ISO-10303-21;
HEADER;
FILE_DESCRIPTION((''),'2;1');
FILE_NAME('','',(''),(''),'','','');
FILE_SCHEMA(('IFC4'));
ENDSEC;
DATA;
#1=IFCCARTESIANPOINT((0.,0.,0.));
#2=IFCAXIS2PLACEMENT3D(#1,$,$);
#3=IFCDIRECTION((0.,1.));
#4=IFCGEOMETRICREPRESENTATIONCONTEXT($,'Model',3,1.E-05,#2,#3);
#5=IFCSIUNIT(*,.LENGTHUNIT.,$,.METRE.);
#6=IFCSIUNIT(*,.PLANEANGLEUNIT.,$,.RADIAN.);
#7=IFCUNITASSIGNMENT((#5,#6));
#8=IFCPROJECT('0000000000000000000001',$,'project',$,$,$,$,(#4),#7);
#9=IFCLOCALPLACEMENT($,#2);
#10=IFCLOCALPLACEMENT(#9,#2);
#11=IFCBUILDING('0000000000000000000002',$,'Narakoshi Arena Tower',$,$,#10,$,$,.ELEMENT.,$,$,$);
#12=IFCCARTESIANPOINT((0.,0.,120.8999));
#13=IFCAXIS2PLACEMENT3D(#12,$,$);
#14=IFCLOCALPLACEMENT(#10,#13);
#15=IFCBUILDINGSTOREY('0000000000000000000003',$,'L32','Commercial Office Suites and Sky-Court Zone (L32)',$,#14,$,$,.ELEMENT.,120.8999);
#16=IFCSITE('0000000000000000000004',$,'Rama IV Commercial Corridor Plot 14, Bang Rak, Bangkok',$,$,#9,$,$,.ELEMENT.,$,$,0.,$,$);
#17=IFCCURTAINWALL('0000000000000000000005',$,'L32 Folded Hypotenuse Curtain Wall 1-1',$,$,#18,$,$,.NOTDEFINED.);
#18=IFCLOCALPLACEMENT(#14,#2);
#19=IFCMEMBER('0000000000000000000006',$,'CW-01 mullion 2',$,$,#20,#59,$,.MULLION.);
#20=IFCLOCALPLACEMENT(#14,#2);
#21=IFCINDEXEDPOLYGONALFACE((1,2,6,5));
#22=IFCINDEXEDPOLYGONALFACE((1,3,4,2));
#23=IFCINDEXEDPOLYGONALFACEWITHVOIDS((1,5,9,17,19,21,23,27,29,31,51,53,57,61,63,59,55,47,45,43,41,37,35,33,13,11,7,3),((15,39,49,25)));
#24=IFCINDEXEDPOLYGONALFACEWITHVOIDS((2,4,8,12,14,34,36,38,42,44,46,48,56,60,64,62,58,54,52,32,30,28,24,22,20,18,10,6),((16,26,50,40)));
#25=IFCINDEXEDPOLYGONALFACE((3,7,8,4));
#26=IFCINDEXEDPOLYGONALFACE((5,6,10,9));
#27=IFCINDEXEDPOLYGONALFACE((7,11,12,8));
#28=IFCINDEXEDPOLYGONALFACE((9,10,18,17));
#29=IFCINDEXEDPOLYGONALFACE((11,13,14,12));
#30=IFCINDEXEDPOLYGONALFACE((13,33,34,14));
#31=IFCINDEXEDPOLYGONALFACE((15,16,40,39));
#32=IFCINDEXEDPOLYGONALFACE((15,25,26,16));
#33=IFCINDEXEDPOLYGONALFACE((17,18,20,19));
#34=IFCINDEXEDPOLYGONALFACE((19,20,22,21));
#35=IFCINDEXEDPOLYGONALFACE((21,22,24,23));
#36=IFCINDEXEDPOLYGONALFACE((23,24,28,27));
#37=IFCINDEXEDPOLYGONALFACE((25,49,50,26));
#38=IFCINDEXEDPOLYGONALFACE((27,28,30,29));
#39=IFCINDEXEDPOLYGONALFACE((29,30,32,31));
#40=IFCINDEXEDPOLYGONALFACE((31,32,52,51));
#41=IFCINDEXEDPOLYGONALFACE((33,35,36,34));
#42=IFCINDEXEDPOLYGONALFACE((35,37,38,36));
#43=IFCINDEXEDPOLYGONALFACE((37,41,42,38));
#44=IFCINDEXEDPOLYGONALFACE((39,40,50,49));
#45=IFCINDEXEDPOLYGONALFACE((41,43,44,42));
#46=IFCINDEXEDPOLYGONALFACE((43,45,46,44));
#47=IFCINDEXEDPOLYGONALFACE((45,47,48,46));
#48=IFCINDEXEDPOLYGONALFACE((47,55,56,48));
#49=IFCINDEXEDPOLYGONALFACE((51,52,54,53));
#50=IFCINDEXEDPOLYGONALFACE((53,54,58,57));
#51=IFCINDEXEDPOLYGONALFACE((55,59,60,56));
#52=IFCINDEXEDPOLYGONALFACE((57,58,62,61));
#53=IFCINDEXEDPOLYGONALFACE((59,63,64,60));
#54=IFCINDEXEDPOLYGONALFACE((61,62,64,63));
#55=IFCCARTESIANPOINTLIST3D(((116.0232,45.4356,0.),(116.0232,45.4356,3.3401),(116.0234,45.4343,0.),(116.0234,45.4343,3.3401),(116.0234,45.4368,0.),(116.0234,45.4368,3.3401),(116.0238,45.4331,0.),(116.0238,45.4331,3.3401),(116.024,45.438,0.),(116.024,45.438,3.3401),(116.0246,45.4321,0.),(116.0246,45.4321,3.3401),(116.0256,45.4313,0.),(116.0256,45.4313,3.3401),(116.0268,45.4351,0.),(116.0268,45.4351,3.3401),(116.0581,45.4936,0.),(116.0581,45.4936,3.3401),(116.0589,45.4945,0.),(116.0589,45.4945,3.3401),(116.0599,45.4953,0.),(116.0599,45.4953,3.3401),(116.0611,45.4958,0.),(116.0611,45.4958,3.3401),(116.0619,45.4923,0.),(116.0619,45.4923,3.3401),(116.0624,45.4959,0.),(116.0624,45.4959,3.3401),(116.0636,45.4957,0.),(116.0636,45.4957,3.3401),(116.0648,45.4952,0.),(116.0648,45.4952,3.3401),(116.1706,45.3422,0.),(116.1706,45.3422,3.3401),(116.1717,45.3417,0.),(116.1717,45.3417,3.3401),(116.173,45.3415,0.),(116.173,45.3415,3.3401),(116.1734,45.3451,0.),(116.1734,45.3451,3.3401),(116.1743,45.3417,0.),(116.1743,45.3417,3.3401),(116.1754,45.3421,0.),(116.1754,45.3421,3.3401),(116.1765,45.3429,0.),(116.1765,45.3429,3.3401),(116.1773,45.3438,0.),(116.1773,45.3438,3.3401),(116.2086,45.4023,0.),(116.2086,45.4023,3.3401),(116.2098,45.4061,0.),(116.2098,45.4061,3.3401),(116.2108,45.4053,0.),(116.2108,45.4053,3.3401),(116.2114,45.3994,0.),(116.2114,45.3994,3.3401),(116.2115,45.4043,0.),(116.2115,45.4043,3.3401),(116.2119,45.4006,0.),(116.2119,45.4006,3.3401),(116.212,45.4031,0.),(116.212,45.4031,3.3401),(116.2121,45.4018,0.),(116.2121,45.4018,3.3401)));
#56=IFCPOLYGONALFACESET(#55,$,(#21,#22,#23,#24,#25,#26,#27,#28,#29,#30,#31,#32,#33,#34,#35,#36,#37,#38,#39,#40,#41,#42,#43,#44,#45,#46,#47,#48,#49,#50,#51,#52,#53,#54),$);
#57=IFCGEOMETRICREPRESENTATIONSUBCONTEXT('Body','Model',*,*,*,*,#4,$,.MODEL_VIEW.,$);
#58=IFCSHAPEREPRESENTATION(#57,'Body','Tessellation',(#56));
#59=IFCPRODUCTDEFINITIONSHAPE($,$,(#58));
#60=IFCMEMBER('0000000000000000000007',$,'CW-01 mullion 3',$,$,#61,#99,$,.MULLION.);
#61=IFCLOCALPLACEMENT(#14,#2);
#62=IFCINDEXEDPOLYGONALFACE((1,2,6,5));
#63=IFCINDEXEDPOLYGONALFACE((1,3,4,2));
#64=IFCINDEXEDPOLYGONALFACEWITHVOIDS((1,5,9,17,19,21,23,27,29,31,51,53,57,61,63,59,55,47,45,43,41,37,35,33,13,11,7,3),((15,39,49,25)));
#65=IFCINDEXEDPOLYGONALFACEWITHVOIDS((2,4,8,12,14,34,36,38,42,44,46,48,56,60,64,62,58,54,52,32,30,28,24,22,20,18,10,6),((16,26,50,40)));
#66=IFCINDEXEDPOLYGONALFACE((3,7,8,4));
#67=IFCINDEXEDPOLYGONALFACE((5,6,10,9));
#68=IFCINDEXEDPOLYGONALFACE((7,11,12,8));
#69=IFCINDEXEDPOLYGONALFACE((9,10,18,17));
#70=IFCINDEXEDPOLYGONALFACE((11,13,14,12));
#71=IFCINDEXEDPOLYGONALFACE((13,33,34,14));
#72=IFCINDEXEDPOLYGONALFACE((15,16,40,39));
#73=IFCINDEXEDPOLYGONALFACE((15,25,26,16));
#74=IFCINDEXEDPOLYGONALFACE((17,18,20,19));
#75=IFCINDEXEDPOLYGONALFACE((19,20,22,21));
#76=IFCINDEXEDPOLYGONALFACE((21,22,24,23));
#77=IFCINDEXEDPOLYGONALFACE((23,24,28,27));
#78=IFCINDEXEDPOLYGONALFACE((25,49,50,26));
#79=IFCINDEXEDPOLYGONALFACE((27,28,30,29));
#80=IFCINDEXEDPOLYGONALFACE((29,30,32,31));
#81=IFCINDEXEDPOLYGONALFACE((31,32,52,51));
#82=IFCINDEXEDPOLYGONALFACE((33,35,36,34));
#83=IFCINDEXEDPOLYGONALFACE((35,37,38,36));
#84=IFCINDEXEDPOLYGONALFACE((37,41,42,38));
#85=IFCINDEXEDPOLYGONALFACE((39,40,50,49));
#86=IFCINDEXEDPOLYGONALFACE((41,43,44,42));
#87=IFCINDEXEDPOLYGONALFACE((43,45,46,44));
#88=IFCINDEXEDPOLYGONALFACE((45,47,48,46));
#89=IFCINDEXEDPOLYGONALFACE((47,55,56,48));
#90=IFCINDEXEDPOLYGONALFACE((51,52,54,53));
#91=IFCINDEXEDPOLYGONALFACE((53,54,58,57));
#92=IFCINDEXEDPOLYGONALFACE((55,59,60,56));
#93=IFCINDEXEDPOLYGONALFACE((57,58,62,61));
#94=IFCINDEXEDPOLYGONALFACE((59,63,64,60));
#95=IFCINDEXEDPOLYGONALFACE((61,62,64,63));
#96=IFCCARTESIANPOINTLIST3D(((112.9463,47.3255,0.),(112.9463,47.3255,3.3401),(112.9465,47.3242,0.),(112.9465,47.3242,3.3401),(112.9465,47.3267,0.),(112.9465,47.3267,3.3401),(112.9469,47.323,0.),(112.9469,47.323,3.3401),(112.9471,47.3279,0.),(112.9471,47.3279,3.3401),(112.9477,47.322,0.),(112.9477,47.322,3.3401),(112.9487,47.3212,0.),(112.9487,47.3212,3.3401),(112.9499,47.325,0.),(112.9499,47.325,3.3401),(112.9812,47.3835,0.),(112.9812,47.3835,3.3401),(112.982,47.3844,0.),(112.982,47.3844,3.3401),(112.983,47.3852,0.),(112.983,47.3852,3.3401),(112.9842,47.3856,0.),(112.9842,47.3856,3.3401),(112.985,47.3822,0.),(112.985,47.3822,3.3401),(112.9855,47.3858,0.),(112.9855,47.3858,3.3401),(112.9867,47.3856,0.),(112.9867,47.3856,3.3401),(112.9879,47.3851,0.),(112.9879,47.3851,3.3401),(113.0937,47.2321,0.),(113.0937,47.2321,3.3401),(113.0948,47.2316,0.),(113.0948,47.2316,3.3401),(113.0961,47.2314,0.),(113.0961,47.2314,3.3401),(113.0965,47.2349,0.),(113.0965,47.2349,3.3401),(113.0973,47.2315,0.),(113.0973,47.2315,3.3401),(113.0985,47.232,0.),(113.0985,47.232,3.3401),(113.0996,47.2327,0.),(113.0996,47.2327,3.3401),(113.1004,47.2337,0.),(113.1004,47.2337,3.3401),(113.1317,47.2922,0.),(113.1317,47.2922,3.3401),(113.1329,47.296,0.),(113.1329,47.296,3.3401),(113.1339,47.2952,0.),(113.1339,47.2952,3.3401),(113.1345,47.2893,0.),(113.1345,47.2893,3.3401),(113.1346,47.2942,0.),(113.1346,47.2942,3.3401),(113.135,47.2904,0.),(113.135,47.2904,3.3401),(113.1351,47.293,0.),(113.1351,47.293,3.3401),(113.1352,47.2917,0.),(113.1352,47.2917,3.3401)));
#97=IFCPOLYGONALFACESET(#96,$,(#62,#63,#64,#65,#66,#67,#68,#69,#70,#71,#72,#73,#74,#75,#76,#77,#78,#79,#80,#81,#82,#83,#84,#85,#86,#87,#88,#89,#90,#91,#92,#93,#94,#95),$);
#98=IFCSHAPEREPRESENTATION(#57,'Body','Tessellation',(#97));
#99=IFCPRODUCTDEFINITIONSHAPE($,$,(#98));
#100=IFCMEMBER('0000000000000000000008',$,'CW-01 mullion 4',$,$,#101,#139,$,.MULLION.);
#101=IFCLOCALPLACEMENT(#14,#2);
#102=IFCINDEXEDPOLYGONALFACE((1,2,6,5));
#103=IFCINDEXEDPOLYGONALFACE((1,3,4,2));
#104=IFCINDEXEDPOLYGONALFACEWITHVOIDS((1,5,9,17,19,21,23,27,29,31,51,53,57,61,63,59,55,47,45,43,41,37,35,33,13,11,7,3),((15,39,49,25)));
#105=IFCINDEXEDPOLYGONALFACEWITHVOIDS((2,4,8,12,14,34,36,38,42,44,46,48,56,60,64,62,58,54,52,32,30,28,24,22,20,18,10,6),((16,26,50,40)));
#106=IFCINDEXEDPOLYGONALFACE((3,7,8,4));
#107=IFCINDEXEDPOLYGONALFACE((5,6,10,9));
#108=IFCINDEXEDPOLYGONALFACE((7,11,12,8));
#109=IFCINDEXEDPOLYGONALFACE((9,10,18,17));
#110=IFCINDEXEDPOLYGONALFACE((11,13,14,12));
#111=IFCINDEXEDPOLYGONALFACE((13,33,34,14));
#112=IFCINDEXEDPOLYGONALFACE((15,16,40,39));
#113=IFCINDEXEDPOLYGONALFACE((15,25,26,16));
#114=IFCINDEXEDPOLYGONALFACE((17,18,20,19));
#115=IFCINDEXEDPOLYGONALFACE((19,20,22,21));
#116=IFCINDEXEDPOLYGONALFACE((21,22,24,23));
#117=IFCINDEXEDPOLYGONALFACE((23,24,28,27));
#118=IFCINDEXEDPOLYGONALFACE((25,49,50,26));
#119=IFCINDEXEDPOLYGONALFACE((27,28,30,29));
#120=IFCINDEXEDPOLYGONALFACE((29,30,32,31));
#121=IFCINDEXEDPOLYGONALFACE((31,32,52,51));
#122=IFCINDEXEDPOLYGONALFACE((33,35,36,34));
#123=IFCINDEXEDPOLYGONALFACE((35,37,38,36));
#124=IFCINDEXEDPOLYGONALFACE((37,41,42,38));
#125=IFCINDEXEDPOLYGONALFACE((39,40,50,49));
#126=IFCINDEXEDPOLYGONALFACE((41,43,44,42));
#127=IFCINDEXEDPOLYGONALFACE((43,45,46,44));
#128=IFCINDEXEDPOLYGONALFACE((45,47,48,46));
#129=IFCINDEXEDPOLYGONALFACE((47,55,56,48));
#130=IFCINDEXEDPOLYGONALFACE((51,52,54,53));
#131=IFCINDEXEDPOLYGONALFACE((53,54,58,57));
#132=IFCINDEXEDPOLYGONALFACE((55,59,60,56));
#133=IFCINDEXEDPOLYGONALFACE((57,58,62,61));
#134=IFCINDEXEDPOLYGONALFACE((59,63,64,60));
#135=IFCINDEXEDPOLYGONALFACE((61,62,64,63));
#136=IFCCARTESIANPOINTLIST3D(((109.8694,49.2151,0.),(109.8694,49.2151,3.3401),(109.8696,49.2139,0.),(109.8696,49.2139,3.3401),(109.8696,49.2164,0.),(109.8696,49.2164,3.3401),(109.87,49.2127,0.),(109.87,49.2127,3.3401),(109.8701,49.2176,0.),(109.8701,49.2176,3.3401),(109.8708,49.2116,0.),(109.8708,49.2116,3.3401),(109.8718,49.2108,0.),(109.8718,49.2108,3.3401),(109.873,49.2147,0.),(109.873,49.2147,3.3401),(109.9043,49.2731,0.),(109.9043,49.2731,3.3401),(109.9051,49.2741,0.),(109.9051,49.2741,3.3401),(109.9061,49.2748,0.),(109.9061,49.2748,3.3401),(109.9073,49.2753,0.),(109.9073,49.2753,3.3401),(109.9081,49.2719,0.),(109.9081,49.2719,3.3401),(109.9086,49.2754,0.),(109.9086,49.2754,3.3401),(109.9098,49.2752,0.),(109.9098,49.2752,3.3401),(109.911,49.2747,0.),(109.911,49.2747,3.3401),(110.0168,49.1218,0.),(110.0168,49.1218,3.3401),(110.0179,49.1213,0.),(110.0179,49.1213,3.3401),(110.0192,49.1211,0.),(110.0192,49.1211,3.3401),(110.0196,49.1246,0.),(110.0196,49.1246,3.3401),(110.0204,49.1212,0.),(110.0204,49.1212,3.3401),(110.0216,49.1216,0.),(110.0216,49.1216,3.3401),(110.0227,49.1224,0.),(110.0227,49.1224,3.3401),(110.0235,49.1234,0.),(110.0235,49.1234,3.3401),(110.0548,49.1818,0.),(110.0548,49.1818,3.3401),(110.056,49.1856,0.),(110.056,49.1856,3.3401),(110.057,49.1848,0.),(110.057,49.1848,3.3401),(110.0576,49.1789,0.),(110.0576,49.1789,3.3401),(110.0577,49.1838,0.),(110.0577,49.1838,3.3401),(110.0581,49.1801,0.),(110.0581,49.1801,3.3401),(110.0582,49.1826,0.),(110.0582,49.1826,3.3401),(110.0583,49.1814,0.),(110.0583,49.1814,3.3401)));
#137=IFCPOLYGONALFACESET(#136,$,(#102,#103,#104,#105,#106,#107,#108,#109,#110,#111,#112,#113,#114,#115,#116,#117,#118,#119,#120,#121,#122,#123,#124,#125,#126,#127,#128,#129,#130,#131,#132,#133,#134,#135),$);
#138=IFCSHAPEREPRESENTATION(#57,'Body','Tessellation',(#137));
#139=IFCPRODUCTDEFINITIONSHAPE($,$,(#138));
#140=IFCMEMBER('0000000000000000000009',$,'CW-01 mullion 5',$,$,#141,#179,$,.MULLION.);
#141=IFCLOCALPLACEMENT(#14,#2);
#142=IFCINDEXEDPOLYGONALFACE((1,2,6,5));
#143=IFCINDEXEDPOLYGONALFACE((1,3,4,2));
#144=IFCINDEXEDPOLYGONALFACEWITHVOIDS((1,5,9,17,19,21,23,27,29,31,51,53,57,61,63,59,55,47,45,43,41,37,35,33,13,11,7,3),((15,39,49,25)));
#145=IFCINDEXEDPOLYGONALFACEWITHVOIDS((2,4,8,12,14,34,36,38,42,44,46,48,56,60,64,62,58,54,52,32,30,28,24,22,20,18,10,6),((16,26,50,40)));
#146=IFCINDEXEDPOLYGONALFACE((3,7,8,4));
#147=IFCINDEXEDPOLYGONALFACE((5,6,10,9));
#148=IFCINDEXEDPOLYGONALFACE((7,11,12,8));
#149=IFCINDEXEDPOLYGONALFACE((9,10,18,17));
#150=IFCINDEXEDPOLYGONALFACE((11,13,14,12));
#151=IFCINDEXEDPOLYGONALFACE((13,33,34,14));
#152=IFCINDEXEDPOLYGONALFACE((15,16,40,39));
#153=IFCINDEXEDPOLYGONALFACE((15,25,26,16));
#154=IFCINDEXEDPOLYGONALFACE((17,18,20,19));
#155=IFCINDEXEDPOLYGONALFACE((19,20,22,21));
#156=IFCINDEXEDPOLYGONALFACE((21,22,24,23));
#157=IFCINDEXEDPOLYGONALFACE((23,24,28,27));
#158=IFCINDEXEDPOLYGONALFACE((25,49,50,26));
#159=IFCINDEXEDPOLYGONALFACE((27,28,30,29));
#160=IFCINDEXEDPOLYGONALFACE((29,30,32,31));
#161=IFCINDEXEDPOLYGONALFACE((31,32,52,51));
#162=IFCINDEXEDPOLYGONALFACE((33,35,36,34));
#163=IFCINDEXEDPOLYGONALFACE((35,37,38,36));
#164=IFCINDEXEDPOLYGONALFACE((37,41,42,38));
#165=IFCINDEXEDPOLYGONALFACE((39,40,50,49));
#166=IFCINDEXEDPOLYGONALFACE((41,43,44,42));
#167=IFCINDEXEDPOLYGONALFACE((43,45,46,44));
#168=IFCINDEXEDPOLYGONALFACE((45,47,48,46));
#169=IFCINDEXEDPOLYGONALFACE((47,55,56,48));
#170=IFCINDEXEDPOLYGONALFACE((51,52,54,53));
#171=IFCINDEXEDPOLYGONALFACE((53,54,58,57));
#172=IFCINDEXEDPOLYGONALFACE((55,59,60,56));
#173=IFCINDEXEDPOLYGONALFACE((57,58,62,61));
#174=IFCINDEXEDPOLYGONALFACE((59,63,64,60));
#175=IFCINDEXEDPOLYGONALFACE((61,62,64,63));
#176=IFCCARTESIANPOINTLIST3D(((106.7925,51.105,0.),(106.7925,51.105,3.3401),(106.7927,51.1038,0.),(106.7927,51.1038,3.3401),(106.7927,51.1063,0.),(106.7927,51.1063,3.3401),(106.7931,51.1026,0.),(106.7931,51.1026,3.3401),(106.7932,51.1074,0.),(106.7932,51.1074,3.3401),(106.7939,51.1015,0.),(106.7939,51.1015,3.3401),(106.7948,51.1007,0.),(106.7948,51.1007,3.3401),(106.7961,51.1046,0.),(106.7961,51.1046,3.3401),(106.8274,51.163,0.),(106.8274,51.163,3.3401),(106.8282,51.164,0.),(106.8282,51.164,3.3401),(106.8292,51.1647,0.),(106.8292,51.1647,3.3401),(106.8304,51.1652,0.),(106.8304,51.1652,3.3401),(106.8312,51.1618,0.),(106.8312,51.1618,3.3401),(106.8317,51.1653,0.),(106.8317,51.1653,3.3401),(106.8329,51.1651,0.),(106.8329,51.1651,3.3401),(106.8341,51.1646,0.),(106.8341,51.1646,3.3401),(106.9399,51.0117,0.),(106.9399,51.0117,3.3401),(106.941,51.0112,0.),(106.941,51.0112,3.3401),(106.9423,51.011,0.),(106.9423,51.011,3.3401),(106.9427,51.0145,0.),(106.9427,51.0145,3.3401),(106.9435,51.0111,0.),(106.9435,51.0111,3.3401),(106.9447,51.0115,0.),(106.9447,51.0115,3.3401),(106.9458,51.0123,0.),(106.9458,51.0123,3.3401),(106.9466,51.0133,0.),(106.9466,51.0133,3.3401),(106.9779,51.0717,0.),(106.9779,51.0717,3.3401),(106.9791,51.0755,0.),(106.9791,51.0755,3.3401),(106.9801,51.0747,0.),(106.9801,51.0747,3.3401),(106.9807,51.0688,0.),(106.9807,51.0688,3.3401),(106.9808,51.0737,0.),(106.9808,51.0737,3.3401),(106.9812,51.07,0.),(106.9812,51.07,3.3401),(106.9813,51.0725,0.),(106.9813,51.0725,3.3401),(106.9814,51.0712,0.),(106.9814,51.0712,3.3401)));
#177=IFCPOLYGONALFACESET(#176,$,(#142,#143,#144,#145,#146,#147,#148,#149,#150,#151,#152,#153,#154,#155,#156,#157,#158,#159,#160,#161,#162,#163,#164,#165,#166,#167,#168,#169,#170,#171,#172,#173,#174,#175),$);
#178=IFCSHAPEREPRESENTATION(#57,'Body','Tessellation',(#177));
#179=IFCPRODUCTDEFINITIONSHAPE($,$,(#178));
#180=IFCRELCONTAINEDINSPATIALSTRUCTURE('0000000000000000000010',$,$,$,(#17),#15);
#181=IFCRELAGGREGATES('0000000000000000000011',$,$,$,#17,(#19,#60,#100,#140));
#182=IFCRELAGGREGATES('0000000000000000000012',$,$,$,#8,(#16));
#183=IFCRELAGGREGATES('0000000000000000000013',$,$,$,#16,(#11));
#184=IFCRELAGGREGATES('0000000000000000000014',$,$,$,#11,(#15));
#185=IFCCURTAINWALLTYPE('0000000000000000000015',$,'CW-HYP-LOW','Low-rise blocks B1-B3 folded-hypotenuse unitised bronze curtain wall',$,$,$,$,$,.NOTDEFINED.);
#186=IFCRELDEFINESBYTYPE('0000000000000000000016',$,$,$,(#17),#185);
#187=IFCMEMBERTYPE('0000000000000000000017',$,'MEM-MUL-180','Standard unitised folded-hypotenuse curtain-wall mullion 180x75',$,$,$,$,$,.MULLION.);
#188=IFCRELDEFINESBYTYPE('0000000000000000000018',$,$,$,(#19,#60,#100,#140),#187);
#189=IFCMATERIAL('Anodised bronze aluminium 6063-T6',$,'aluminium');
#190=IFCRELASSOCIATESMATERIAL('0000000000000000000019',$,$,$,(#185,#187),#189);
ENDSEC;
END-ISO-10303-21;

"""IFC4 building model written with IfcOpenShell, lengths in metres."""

from ifc_helpers import new_model, si_unit, direction, frame, origin, origin_2d, place, context, subcontext, project, spatial, hollow_rectangle, extrude, material, material_profile, profile_set, type_object, element, aggregate, save


model = new_model("IFC4")

# Units and contexts
model_context = context("Model", 3, precision=1e-05, world=origin(), true_north=direction((0.0, 1.0)))
body_context = subcontext(model_context, "Body", "Model", "MODEL_VIEW")
ifc_project = project(units=[si_unit("LENGTHUNIT", "METRE"), si_unit("PLANEANGLEUNIT", "RADIAN")], contexts=[model_context])

# Site, building, storey
site_placement = place(None, origin())
site = spatial("IfcSite", under=ifc_project, at=site_placement, Name="Rama IV Commercial Corridor Plot 14, Bang Rak, Bangkok", CompositionType="ELEMENT", RefElevation=0.0)
building_placement = place(site_placement, origin())
building = spatial("IfcBuilding", under=site, at=building_placement, Name="Narakoshi Arena Tower", CompositionType="ELEMENT")
storey_placement = place(building_placement, frame((0.0, 0.0, 120.8999)))
storey = spatial("IfcBuildingStorey", under=building, at=storey_placement, Name="L32", Description="Commercial Office Suites and Sky-Court Zone (L32)", CompositionType="ELEMENT", Elevation=120.8999)

# Curtain wall, members
ifc_material_1 = material(Name="Anodised bronze aluminium 6063-T6", Category="aluminium")
curtain_wall_type = type_object("IfcCurtainWallType", Name="CW-HYP-LOW", Description="Low-rise blocks B1-B3 folded-hypotenuse unitised bronze curtain wall", PredefinedType="NOTDEFINED", material=ifc_material_1)
curtain_wall_placement = place(storey_placement, origin())
curtain_wall = element("IfcCurtainWall", 1, at=curtain_wall_placement, inside=storey, type_object=curtain_wall_type, Name="L32 Folded Hypotenuse Curtain Wall 1-1", PredefinedType="NOTDEFINED")
ifc_material_profile_1 = material_profile(ifc_material_1, hollow_rectangle(XDim=0.075, YDim=0.1799, WallThickness=0.0039, OuterFilletRadius=0.0049, at=origin_2d()), Name="MUL180x75x4")
ifc_profile_set_1 = profile_set([ifc_material_profile_1], Name="Anodised bronze aluminium 6063-T6")
member_type_1 = type_object("IfcMemberType", Name="MEM-MUL-180", Description="Standard unitised folded-hypotenuse curtain-wall mullion 180x75", PredefinedType="MULLION", material=ifc_profile_set_1)
member_1_placement = place(storey_placement, frame((116.1177, 45.4187, 0.0), z_axis=(0.0, 0.0, 1.0), x_axis=(-0.523358, -0.852113, 0.0)))
member_1 = element("IfcMember", 2, at=member_1_placement, type_object=member_type_1, Name="CW-01 mullion 2", PredefinedType="MULLION", context=body_context, shape_type="SweptSolid", body=[
    extrude(hollow_rectangle(XDim=0.075, YDim=0.1799, WallThickness=0.0039, OuterFilletRadius=0.0049, at=origin_2d()), origin(), (0.0, 0.0, 1.0), 3.3401),
])
member_2_placement = place(storey_placement, frame((113.0408, 47.3086, 0.0), z_axis=(0.0, 0.0, 1.0), x_axis=(-0.523358, -0.852113, 0.0)))
member_2 = element("IfcMember", 3, at=member_2_placement, type_object=member_type_1, Name="CW-01 mullion 3", PredefinedType="MULLION", context=body_context, shape_type="SweptSolid", body=[
    extrude(hollow_rectangle(XDim=0.075, YDim=0.1799, WallThickness=0.0039, OuterFilletRadius=0.0049, at=origin_2d()), origin(), (0.0, 0.0, 1.0), 3.3401),
])
member_3_placement = place(storey_placement, frame((109.9639, 49.1982, 0.0), z_axis=(0.0, 0.0, 1.0), x_axis=(-0.523358, -0.852113, 0.0)))
member_3 = element("IfcMember", 4, at=member_3_placement, type_object=member_type_1, Name="CW-01 mullion 4", PredefinedType="MULLION", context=body_context, shape_type="SweptSolid", body=[
    extrude(hollow_rectangle(XDim=0.075, YDim=0.1799, WallThickness=0.0039, OuterFilletRadius=0.0049, at=origin_2d()), origin(), (0.0, 0.0, 1.0), 3.3401),
])
member_4_placement = place(storey_placement, frame((106.887, 51.0881, 0.0), z_axis=(0.0, 0.0, 1.0), x_axis=(-0.523358, -0.852113, 0.0)))
member_4 = element("IfcMember", 5, at=member_4_placement, type_object=member_type_1, Name="CW-01 mullion 5", PredefinedType="MULLION", context=body_context, shape_type="SweptSolid", body=[
    extrude(hollow_rectangle(XDim=0.075, YDim=0.1799, WallThickness=0.0039, OuterFilletRadius=0.0049, at=origin_2d()), origin(), (0.0, 0.0, 1.0), 3.3401),
])
aggregate(curtain_wall, [member_1, member_2, member_3, member_4])

save(model, "model.ifc")
